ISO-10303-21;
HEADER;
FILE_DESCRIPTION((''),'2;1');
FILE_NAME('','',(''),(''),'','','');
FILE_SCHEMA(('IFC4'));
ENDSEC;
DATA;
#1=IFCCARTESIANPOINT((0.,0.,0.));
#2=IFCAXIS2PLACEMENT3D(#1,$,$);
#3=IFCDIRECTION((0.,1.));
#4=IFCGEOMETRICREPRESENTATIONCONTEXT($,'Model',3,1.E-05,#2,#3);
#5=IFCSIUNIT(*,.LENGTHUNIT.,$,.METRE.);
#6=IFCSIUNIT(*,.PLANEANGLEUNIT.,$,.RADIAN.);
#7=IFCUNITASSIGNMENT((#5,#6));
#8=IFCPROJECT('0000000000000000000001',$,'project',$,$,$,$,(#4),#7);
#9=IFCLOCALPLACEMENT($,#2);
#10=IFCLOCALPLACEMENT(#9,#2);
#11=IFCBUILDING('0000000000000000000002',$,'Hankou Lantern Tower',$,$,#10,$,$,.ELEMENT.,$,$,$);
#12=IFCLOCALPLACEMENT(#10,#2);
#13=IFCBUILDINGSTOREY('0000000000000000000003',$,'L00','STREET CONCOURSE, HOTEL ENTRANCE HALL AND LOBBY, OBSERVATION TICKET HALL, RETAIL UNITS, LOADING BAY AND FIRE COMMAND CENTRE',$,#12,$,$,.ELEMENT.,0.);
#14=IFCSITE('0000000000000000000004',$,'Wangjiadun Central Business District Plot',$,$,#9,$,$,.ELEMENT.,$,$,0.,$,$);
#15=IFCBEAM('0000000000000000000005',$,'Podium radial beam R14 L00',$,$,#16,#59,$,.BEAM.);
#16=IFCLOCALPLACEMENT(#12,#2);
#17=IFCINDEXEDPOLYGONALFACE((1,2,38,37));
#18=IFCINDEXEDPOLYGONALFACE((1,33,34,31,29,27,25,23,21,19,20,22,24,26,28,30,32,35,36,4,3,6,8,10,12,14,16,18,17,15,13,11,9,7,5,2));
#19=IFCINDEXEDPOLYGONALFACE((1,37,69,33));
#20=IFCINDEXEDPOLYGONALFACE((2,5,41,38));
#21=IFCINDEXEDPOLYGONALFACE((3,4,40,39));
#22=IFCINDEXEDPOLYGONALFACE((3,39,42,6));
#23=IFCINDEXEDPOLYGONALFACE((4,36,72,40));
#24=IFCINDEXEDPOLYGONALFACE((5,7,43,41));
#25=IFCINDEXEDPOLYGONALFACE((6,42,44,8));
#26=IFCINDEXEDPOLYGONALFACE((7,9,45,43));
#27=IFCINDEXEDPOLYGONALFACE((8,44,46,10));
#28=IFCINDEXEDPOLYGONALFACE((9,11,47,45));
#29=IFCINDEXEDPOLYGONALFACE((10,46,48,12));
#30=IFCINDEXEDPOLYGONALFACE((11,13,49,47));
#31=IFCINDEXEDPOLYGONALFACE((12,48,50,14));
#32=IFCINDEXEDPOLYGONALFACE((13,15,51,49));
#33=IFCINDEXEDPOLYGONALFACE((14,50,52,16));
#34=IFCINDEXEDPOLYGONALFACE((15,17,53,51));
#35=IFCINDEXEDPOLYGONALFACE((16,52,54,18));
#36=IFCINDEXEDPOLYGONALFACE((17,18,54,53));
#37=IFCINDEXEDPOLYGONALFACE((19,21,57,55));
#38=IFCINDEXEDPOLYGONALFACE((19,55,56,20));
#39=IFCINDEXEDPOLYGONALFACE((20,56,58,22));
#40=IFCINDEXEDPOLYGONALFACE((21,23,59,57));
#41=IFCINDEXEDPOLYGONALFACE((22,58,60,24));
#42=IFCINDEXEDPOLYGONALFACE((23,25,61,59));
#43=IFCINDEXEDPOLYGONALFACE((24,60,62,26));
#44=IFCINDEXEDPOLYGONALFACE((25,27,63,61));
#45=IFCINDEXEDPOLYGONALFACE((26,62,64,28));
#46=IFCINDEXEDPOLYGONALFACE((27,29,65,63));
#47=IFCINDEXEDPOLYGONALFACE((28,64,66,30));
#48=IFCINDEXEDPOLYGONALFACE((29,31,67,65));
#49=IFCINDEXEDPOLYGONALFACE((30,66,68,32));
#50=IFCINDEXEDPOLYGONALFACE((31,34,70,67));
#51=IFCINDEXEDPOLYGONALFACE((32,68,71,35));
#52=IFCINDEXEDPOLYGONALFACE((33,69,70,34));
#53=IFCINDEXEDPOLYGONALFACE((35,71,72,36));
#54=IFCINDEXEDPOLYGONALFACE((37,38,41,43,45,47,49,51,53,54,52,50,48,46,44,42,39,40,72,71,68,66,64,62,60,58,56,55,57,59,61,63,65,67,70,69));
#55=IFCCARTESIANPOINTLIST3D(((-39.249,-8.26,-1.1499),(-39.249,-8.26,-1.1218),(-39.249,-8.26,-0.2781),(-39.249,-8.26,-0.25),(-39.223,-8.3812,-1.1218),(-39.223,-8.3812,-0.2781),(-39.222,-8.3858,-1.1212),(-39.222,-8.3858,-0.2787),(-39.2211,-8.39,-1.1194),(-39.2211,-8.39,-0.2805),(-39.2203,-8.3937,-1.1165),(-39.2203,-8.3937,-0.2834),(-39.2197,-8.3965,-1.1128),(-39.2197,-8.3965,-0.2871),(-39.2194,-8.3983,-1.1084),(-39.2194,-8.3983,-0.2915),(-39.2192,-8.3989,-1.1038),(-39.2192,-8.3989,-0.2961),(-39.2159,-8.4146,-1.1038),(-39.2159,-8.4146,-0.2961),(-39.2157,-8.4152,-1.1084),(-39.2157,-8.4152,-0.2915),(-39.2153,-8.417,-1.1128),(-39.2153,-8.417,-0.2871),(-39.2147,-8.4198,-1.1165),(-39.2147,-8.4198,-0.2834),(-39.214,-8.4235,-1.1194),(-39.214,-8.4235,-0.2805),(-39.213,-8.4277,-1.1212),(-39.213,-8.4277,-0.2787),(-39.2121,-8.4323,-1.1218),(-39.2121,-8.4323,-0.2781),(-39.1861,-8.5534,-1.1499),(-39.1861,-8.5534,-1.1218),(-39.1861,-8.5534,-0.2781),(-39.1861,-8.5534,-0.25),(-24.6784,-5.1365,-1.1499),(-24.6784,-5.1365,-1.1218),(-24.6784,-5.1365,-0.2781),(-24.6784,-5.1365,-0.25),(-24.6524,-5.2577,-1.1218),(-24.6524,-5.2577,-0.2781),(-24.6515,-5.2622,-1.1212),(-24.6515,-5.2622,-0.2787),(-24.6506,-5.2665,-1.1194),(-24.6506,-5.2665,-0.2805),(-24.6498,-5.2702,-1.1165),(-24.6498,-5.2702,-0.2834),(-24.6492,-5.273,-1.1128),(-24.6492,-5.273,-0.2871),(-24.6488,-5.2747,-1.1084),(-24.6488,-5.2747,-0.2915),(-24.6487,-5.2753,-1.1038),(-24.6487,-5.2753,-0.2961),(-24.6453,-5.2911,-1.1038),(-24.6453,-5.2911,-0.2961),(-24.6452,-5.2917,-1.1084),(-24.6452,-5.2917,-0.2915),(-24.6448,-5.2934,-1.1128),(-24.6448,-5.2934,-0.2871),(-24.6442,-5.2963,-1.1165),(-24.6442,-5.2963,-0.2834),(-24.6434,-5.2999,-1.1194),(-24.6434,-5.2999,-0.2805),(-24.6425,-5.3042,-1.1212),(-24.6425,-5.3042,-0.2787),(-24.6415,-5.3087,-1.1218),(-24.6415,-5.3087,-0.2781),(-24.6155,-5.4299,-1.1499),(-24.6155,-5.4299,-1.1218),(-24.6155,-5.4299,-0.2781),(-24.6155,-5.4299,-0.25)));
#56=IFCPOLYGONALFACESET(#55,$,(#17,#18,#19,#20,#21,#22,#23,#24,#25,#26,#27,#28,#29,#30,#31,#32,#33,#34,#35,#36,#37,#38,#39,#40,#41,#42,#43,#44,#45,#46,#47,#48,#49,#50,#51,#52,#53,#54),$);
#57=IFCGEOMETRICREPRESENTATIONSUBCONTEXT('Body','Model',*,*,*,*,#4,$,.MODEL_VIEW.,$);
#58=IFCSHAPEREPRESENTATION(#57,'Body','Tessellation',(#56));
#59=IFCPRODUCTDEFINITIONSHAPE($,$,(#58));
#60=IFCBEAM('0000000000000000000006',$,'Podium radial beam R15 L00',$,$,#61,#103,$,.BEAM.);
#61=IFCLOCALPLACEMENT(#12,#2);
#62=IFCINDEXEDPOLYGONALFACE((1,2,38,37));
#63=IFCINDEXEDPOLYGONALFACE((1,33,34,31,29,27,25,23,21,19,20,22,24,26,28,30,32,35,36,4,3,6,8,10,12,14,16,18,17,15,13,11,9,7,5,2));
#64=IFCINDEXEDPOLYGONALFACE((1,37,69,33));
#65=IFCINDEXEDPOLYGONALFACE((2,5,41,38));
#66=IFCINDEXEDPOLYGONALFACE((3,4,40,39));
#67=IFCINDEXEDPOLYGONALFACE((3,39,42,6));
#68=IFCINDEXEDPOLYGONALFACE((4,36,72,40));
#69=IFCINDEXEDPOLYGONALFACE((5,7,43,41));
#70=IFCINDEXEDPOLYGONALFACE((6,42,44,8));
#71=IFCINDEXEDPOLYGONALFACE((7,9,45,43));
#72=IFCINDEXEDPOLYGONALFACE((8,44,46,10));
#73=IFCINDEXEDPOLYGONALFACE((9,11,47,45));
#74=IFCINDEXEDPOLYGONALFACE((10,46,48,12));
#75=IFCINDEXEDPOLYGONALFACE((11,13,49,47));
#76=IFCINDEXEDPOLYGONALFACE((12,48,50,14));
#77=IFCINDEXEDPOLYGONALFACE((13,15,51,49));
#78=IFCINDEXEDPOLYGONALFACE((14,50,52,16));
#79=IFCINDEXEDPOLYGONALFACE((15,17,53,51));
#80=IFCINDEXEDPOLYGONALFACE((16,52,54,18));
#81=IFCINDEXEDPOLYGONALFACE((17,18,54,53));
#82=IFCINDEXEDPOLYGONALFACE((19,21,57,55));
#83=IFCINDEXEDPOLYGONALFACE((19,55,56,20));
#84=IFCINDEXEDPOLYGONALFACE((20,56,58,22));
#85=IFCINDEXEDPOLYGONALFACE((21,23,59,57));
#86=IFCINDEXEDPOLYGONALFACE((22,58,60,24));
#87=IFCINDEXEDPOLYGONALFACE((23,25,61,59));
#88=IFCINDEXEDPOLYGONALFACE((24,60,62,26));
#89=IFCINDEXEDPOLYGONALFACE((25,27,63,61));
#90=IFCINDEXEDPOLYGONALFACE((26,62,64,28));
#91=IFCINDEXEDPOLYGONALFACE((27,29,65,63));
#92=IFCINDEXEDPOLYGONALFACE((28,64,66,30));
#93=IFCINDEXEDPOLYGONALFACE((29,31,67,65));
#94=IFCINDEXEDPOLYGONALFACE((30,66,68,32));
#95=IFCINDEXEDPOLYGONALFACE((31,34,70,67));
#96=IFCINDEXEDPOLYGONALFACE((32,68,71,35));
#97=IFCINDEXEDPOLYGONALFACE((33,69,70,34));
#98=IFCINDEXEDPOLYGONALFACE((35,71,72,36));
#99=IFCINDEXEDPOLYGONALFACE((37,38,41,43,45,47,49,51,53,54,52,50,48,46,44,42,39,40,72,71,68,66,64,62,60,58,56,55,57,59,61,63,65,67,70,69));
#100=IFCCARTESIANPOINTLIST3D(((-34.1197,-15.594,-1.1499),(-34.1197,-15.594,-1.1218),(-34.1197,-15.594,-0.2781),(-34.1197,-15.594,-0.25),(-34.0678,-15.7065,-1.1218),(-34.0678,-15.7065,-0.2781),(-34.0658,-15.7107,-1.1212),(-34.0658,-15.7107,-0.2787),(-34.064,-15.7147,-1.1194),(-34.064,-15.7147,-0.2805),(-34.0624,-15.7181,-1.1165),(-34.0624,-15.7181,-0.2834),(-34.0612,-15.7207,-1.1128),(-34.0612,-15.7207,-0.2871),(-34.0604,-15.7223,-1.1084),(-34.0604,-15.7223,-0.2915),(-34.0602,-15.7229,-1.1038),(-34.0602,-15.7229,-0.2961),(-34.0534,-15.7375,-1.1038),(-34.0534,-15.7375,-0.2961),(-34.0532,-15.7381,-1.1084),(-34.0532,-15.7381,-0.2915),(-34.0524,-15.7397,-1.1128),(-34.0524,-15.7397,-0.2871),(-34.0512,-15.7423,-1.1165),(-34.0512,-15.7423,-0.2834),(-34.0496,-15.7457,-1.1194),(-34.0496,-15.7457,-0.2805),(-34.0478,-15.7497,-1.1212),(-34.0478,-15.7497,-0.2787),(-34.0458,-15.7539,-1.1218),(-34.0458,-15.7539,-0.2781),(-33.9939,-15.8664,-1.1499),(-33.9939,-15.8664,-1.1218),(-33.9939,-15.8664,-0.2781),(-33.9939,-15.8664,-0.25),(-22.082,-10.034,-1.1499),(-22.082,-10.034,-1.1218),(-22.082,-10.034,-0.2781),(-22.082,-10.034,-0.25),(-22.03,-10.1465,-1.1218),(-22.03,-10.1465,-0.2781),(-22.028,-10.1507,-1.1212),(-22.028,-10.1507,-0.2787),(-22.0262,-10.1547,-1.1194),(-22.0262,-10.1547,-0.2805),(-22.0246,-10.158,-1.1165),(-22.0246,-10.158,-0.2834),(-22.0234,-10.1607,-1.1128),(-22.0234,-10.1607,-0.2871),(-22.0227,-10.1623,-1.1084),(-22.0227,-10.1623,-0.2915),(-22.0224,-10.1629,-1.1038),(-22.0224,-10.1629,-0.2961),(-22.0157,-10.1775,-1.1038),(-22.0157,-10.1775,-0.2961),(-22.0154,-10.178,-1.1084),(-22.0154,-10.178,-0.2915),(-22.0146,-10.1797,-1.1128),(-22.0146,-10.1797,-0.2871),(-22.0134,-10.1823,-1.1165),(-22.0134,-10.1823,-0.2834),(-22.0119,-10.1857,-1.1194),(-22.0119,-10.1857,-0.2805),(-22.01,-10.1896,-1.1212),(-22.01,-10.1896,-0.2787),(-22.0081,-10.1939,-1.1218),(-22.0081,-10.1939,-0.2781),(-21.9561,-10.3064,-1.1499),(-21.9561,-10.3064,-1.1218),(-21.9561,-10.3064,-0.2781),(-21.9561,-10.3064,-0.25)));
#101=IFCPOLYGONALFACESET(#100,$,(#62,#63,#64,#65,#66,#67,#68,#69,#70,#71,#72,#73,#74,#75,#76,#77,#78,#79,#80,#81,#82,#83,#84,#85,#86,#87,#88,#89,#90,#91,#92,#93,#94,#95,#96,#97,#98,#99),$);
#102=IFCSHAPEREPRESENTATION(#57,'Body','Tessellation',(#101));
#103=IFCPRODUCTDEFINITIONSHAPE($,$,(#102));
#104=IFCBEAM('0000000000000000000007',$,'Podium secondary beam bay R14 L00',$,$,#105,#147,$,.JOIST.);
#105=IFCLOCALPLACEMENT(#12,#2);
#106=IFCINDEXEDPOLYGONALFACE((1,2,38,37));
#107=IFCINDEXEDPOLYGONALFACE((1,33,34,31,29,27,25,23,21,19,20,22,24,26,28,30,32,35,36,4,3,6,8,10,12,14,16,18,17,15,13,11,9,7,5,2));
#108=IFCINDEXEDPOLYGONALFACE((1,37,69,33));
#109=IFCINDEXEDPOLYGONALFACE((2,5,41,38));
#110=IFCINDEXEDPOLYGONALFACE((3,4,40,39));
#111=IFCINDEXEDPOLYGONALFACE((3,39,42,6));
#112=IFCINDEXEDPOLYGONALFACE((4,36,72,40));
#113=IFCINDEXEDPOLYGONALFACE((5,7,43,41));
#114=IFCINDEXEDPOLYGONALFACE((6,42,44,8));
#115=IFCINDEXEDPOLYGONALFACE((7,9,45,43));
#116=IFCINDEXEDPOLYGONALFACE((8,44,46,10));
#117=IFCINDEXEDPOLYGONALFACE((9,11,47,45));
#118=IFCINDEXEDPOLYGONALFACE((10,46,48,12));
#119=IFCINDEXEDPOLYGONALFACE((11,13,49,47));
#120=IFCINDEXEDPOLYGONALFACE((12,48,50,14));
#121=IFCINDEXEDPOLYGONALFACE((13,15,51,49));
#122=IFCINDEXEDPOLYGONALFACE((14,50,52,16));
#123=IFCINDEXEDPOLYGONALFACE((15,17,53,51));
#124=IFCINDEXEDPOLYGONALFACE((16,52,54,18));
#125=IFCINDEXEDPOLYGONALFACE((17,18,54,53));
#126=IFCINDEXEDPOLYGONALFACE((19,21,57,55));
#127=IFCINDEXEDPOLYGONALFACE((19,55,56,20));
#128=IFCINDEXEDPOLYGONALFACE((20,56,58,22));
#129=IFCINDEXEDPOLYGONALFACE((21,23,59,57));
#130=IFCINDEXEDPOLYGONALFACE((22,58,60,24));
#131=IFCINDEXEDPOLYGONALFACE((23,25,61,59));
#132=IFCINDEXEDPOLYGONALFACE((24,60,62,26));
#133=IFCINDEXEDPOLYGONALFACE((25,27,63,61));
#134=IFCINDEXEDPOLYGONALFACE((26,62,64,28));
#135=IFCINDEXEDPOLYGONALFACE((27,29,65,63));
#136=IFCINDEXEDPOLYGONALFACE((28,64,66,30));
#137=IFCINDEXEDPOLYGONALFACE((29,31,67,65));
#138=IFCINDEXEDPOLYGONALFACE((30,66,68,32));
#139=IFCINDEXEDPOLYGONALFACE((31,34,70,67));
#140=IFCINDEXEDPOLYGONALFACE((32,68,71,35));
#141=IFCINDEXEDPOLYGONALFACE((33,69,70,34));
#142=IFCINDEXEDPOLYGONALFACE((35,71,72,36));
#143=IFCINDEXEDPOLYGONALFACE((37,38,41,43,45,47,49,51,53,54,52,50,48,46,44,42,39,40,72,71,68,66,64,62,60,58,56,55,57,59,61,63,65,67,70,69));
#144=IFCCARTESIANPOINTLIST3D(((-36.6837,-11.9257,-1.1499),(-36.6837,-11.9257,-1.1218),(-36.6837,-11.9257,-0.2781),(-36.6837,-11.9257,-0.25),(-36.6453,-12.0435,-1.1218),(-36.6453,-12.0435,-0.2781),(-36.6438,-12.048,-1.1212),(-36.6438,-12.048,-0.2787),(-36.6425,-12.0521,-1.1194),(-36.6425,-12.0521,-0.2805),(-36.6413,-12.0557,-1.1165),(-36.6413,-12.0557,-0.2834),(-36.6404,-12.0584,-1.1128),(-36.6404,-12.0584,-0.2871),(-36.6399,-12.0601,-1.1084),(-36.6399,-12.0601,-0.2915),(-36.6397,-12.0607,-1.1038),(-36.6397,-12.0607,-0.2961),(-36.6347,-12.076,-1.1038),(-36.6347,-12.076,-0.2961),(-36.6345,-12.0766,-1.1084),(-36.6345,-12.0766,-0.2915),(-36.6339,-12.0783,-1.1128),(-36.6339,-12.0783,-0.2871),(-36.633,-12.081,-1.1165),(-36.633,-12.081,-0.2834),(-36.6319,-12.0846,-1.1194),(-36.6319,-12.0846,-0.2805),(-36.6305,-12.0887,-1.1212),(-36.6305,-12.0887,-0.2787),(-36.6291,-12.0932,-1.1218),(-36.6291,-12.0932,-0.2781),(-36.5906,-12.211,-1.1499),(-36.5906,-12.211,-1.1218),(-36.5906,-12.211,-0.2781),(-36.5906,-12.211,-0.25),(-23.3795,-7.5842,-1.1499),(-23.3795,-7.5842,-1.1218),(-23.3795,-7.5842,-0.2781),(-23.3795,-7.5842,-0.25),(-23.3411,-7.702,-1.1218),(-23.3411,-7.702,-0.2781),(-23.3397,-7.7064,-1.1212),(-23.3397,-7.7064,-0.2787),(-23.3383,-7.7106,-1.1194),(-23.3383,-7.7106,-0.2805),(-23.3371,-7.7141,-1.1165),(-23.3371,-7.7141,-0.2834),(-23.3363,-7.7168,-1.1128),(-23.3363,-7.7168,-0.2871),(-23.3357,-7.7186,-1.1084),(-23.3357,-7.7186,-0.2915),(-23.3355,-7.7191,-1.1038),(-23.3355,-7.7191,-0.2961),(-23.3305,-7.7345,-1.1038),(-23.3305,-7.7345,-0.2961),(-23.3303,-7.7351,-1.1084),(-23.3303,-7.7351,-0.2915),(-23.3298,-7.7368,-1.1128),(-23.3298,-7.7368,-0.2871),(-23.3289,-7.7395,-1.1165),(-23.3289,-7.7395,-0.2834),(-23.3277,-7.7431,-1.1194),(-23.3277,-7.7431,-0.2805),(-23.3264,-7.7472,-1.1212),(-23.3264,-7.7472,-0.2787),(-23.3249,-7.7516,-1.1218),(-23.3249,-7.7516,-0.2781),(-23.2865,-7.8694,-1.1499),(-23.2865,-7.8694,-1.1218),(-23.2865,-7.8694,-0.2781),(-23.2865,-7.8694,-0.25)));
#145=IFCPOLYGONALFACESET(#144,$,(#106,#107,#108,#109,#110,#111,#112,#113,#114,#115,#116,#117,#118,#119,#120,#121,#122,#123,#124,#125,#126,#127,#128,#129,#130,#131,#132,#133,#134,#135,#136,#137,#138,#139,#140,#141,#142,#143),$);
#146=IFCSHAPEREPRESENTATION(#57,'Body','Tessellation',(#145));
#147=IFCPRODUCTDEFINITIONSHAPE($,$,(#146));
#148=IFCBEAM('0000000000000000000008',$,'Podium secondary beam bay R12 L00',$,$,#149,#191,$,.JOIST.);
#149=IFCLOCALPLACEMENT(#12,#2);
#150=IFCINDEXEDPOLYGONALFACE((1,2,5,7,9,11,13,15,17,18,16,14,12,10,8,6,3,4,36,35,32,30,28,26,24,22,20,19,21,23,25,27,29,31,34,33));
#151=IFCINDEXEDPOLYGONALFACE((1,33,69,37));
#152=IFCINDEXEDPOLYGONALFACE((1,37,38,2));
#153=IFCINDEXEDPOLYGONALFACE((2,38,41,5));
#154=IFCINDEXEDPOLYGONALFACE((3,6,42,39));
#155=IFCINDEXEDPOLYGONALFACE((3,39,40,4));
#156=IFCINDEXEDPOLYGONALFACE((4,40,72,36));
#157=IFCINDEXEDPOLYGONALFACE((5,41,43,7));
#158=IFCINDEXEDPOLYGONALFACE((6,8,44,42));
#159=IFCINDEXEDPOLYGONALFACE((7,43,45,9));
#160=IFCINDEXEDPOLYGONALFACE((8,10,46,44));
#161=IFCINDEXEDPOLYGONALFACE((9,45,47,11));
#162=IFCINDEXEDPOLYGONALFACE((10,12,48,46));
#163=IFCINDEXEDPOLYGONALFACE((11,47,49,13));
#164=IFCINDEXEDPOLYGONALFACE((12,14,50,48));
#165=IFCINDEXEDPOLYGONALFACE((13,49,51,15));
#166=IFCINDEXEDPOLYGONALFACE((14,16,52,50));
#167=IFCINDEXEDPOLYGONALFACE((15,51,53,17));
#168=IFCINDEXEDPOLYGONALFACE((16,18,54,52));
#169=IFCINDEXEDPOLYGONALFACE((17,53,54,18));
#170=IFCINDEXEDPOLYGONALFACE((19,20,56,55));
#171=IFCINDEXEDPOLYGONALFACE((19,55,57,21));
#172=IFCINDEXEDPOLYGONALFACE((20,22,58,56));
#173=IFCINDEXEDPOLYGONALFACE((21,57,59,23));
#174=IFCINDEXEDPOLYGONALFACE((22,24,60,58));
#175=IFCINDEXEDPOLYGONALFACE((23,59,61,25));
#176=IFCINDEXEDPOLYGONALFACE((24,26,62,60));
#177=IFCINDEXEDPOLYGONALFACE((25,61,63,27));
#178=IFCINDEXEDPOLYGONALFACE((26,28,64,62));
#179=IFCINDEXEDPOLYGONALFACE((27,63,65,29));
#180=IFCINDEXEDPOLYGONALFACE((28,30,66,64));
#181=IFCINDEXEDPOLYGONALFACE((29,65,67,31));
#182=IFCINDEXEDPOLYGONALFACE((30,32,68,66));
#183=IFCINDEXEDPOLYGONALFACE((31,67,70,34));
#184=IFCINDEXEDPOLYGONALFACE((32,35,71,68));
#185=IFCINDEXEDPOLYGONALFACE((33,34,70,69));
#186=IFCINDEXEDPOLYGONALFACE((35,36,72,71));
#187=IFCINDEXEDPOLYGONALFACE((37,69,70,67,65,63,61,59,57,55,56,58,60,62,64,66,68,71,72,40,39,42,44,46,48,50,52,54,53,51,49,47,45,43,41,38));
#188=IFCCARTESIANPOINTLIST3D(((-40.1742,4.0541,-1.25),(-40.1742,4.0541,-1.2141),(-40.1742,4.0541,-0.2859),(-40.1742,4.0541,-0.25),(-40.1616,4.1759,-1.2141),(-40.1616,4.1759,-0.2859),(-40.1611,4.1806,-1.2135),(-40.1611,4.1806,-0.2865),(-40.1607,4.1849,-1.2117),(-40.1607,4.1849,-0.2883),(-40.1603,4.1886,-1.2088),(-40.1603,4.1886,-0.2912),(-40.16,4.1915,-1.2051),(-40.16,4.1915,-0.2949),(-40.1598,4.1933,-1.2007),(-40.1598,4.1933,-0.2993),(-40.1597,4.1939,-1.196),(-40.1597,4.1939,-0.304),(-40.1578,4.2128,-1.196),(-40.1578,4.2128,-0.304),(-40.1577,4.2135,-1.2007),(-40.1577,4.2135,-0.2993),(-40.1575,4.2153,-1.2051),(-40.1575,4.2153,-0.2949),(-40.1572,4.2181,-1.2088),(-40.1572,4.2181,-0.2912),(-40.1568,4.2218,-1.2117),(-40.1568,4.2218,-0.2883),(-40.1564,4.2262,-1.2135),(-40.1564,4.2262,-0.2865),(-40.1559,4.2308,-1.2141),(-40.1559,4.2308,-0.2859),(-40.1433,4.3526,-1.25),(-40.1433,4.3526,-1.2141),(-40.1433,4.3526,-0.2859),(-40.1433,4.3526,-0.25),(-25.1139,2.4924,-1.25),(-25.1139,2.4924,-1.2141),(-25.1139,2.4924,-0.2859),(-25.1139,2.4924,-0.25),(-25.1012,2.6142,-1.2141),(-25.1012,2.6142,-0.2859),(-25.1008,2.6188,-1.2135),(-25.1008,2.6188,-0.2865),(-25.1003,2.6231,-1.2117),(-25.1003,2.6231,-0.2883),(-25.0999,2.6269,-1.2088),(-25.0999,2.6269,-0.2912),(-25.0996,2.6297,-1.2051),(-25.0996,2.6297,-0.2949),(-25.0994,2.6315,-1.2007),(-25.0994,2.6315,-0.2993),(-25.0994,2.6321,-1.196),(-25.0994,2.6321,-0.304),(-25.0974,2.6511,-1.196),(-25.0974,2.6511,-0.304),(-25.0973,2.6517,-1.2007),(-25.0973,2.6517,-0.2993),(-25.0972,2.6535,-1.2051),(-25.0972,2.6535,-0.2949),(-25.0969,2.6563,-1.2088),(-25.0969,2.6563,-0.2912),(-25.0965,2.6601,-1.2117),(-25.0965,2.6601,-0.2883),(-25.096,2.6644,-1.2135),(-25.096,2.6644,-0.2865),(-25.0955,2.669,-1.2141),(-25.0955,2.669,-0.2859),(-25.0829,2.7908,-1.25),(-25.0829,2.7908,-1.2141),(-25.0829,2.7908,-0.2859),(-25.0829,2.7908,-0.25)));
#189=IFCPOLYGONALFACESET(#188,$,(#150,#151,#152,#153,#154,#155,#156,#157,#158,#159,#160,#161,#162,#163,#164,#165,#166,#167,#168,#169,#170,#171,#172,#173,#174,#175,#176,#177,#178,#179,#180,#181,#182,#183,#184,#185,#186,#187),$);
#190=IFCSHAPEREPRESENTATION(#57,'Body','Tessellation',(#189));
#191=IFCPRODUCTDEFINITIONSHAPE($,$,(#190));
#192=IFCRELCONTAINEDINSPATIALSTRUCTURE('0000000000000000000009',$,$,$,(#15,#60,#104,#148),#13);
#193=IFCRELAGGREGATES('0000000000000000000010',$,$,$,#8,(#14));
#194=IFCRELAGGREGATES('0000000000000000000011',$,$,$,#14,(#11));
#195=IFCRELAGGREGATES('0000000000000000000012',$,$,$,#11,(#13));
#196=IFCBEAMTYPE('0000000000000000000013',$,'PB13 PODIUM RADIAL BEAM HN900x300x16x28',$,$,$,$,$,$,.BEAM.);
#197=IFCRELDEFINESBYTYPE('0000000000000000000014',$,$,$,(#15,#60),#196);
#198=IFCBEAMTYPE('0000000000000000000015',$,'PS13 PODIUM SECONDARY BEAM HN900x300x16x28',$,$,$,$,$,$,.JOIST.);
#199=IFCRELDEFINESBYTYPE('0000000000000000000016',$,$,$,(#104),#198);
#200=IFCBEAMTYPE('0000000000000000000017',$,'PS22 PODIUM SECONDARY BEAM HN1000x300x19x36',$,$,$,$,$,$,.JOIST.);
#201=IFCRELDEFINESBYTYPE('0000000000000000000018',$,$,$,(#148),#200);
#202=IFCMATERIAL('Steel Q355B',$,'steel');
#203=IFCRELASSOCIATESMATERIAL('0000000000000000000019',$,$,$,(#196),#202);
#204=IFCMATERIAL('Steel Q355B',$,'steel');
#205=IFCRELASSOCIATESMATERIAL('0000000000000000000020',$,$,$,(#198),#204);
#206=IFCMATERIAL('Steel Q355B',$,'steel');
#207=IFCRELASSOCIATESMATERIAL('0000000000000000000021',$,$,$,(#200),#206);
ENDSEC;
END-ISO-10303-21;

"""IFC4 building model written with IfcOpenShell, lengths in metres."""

from ifc_helpers import new_model, si_unit, direction, frame, origin, origin_2d, place, context, subcontext, project, spatial, i_section, extrude, material, material_profile, profile_set, type_object, element, save


model = new_model("IFC4")

# Units and contexts
model_context = context("Model", 3, precision=1e-05, world=origin(), true_north=direction((0.0, 1.0)))
body_context = subcontext(model_context, "Body", "Model", "MODEL_VIEW")
ifc_project = project(units=[si_unit("LENGTHUNIT", "METRE"), si_unit("PLANEANGLEUNIT", "RADIAN")], contexts=[model_context])

# Site, building, storey
site_placement = place(None, origin())
site = spatial("IfcSite", under=ifc_project, at=site_placement, Name="Wangjiadun Central Business District Plot", CompositionType="ELEMENT", RefElevation=0.0)
building_placement = place(site_placement, origin())
building = spatial("IfcBuilding", under=site, at=building_placement, Name="Hankou Lantern Tower", CompositionType="ELEMENT")
storey_placement = place(building_placement, origin())
storey = spatial("IfcBuildingStorey", under=building, at=storey_placement, Name="L00", Description="STREET CONCOURSE, HOTEL ENTRANCE HALL AND LOBBY, OBSERVATION TICKET HALL, RETAIL UNITS, LOADING BAY AND FIRE COMMAND CENTRE", CompositionType="ELEMENT", Elevation=0.0)

# Beams
ifc_material_1 = material(Name="Steel Q355B", Category="steel")
ifc_material_profile_1 = material_profile(ifc_material_1, i_section(OverallWidth=0.3, OverallDepth=0.8999, WebThickness=0.0161, FlangeThickness=0.0281, FilletRadius=0.0181, at=origin_2d()), Name="HN900x300x16x28")
ifc_profile_set_1 = profile_set([ifc_material_profile_1], Name="Steel Q355B")
beam_type_1 = type_object("IfcBeamType", Name="PB13 PODIUM RADIAL BEAM HN900x300x16x28", PredefinedType="BEAM", material=ifc_profile_set_1)
beam_1_placement = place(storey_placement, frame((-24.647, -5.2832, -0.7), z_axis=(-0.977785, -0.209611, 0.0), x_axis=(0.209611, -0.977785, 0.0)))
element("IfcBeam", 1, at=beam_1_placement, inside=storey, type_object=beam_type_1, Name="Podium radial beam R14 L00", PredefinedType="BEAM", context=body_context, shape_type="SweptSolid", body=[
    extrude(i_section(OverallWidth=0.3, OverallDepth=0.8999, WebThickness=0.0161, FlangeThickness=0.0281, FilletRadius=0.0181, at=origin_2d()), origin(), (0.0, 0.0, 1.0), 14.9016),
])
beam_2_placement = place(storey_placement, frame((-22.019, -10.1702, -0.7), z_axis=(-0.907841, -0.419315, 0.0), x_axis=(0.419315, -0.907841, 0.0)))
element("IfcBeam", 2, at=beam_2_placement, inside=storey, type_object=beam_type_1, Name="Podium radial beam R15 L00", PredefinedType="BEAM", context=body_context, shape_type="SweptSolid", body=[
    extrude(i_section(OverallWidth=0.3, OverallDepth=0.8999, WebThickness=0.0161, FlangeThickness=0.0281, FilletRadius=0.0181, at=origin_2d()), origin(), (0.0, 0.0, 1.0), 13.2598),
])
ifc_material_2 = material(Name="Steel Q355B", Category="steel")
ifc_material_profile_2 = material_profile(ifc_material_2, i_section(OverallWidth=0.3, OverallDepth=0.8999, WebThickness=0.0161, FlangeThickness=0.0281, FilletRadius=0.0181, at=origin_2d()), Name="HN900x300x16x28")
ifc_profile_set_2 = profile_set([ifc_material_profile_2], Name="Steel Q355B")
beam_type_2 = type_object("IfcBeamType", Name="PS13 PODIUM SECONDARY BEAM HN900x300x16x28", PredefinedType="JOIST", material=ifc_profile_set_2)
beam_3_placement = place(storey_placement, frame((-23.333, -7.7268, -0.7), z_axis=(-0.950662, -0.310229, 0.0), x_axis=(0.310229, -0.950662, 0.0)))
element("IfcBeam", 3, at=beam_3_placement, inside=storey, type_object=beam_type_2, Name="Podium secondary beam bay R14 L00", PredefinedType="JOIST", context=body_context, shape_type="SweptSolid", body=[
    extrude(i_section(OverallWidth=0.3, OverallDepth=0.8999, WebThickness=0.0161, FlangeThickness=0.0281, FilletRadius=0.0181, at=origin_2d()), origin(), (0.0, 0.0, 1.0), 13.9946),
])
ifc_material_3 = material(Name="Steel Q355B", Category="steel")
ifc_material_profile_3 = material_profile(ifc_material_3, i_section(OverallWidth=0.3, OverallDepth=1.0, WebThickness=0.019, FlangeThickness=0.0359, FilletRadius=0.0181, at=origin_2d()), Name="HN1000x300x19x36")
ifc_profile_set_3 = profile_set([ifc_material_profile_3], Name="Steel Q355B")
beam_type_3 = type_object("IfcBeamType", Name="PS22 PODIUM SECONDARY BEAM HN1000x300x19x36", PredefinedType="JOIST", material=ifc_profile_set_3)
for number, where, z_axis, x_axis, name in (
    (4, (-25.0984, 2.6416, -0.75), (-0.994666, 0.103148, 0.0), (-0.103148, -0.994666, 0.0), "Podium secondary beam bay R12 L00"),
):
    element("IfcBeam", number, at=place(storey_placement, frame(where, z_axis=z_axis, x_axis=x_axis)), inside=storey, type_object=beam_type_3, Name=name, PredefinedType="JOIST", context=body_context, shape_type="SweptSolid", body=[
        extrude(i_section(OverallWidth=0.3, OverallDepth=1.0, WebThickness=0.019, FlangeThickness=0.0359, FilletRadius=0.0181, at=origin_2d()), origin(), (0.0, 0.0, 1.0), 15.1411),
    ])

save(model, "model.ifc")
